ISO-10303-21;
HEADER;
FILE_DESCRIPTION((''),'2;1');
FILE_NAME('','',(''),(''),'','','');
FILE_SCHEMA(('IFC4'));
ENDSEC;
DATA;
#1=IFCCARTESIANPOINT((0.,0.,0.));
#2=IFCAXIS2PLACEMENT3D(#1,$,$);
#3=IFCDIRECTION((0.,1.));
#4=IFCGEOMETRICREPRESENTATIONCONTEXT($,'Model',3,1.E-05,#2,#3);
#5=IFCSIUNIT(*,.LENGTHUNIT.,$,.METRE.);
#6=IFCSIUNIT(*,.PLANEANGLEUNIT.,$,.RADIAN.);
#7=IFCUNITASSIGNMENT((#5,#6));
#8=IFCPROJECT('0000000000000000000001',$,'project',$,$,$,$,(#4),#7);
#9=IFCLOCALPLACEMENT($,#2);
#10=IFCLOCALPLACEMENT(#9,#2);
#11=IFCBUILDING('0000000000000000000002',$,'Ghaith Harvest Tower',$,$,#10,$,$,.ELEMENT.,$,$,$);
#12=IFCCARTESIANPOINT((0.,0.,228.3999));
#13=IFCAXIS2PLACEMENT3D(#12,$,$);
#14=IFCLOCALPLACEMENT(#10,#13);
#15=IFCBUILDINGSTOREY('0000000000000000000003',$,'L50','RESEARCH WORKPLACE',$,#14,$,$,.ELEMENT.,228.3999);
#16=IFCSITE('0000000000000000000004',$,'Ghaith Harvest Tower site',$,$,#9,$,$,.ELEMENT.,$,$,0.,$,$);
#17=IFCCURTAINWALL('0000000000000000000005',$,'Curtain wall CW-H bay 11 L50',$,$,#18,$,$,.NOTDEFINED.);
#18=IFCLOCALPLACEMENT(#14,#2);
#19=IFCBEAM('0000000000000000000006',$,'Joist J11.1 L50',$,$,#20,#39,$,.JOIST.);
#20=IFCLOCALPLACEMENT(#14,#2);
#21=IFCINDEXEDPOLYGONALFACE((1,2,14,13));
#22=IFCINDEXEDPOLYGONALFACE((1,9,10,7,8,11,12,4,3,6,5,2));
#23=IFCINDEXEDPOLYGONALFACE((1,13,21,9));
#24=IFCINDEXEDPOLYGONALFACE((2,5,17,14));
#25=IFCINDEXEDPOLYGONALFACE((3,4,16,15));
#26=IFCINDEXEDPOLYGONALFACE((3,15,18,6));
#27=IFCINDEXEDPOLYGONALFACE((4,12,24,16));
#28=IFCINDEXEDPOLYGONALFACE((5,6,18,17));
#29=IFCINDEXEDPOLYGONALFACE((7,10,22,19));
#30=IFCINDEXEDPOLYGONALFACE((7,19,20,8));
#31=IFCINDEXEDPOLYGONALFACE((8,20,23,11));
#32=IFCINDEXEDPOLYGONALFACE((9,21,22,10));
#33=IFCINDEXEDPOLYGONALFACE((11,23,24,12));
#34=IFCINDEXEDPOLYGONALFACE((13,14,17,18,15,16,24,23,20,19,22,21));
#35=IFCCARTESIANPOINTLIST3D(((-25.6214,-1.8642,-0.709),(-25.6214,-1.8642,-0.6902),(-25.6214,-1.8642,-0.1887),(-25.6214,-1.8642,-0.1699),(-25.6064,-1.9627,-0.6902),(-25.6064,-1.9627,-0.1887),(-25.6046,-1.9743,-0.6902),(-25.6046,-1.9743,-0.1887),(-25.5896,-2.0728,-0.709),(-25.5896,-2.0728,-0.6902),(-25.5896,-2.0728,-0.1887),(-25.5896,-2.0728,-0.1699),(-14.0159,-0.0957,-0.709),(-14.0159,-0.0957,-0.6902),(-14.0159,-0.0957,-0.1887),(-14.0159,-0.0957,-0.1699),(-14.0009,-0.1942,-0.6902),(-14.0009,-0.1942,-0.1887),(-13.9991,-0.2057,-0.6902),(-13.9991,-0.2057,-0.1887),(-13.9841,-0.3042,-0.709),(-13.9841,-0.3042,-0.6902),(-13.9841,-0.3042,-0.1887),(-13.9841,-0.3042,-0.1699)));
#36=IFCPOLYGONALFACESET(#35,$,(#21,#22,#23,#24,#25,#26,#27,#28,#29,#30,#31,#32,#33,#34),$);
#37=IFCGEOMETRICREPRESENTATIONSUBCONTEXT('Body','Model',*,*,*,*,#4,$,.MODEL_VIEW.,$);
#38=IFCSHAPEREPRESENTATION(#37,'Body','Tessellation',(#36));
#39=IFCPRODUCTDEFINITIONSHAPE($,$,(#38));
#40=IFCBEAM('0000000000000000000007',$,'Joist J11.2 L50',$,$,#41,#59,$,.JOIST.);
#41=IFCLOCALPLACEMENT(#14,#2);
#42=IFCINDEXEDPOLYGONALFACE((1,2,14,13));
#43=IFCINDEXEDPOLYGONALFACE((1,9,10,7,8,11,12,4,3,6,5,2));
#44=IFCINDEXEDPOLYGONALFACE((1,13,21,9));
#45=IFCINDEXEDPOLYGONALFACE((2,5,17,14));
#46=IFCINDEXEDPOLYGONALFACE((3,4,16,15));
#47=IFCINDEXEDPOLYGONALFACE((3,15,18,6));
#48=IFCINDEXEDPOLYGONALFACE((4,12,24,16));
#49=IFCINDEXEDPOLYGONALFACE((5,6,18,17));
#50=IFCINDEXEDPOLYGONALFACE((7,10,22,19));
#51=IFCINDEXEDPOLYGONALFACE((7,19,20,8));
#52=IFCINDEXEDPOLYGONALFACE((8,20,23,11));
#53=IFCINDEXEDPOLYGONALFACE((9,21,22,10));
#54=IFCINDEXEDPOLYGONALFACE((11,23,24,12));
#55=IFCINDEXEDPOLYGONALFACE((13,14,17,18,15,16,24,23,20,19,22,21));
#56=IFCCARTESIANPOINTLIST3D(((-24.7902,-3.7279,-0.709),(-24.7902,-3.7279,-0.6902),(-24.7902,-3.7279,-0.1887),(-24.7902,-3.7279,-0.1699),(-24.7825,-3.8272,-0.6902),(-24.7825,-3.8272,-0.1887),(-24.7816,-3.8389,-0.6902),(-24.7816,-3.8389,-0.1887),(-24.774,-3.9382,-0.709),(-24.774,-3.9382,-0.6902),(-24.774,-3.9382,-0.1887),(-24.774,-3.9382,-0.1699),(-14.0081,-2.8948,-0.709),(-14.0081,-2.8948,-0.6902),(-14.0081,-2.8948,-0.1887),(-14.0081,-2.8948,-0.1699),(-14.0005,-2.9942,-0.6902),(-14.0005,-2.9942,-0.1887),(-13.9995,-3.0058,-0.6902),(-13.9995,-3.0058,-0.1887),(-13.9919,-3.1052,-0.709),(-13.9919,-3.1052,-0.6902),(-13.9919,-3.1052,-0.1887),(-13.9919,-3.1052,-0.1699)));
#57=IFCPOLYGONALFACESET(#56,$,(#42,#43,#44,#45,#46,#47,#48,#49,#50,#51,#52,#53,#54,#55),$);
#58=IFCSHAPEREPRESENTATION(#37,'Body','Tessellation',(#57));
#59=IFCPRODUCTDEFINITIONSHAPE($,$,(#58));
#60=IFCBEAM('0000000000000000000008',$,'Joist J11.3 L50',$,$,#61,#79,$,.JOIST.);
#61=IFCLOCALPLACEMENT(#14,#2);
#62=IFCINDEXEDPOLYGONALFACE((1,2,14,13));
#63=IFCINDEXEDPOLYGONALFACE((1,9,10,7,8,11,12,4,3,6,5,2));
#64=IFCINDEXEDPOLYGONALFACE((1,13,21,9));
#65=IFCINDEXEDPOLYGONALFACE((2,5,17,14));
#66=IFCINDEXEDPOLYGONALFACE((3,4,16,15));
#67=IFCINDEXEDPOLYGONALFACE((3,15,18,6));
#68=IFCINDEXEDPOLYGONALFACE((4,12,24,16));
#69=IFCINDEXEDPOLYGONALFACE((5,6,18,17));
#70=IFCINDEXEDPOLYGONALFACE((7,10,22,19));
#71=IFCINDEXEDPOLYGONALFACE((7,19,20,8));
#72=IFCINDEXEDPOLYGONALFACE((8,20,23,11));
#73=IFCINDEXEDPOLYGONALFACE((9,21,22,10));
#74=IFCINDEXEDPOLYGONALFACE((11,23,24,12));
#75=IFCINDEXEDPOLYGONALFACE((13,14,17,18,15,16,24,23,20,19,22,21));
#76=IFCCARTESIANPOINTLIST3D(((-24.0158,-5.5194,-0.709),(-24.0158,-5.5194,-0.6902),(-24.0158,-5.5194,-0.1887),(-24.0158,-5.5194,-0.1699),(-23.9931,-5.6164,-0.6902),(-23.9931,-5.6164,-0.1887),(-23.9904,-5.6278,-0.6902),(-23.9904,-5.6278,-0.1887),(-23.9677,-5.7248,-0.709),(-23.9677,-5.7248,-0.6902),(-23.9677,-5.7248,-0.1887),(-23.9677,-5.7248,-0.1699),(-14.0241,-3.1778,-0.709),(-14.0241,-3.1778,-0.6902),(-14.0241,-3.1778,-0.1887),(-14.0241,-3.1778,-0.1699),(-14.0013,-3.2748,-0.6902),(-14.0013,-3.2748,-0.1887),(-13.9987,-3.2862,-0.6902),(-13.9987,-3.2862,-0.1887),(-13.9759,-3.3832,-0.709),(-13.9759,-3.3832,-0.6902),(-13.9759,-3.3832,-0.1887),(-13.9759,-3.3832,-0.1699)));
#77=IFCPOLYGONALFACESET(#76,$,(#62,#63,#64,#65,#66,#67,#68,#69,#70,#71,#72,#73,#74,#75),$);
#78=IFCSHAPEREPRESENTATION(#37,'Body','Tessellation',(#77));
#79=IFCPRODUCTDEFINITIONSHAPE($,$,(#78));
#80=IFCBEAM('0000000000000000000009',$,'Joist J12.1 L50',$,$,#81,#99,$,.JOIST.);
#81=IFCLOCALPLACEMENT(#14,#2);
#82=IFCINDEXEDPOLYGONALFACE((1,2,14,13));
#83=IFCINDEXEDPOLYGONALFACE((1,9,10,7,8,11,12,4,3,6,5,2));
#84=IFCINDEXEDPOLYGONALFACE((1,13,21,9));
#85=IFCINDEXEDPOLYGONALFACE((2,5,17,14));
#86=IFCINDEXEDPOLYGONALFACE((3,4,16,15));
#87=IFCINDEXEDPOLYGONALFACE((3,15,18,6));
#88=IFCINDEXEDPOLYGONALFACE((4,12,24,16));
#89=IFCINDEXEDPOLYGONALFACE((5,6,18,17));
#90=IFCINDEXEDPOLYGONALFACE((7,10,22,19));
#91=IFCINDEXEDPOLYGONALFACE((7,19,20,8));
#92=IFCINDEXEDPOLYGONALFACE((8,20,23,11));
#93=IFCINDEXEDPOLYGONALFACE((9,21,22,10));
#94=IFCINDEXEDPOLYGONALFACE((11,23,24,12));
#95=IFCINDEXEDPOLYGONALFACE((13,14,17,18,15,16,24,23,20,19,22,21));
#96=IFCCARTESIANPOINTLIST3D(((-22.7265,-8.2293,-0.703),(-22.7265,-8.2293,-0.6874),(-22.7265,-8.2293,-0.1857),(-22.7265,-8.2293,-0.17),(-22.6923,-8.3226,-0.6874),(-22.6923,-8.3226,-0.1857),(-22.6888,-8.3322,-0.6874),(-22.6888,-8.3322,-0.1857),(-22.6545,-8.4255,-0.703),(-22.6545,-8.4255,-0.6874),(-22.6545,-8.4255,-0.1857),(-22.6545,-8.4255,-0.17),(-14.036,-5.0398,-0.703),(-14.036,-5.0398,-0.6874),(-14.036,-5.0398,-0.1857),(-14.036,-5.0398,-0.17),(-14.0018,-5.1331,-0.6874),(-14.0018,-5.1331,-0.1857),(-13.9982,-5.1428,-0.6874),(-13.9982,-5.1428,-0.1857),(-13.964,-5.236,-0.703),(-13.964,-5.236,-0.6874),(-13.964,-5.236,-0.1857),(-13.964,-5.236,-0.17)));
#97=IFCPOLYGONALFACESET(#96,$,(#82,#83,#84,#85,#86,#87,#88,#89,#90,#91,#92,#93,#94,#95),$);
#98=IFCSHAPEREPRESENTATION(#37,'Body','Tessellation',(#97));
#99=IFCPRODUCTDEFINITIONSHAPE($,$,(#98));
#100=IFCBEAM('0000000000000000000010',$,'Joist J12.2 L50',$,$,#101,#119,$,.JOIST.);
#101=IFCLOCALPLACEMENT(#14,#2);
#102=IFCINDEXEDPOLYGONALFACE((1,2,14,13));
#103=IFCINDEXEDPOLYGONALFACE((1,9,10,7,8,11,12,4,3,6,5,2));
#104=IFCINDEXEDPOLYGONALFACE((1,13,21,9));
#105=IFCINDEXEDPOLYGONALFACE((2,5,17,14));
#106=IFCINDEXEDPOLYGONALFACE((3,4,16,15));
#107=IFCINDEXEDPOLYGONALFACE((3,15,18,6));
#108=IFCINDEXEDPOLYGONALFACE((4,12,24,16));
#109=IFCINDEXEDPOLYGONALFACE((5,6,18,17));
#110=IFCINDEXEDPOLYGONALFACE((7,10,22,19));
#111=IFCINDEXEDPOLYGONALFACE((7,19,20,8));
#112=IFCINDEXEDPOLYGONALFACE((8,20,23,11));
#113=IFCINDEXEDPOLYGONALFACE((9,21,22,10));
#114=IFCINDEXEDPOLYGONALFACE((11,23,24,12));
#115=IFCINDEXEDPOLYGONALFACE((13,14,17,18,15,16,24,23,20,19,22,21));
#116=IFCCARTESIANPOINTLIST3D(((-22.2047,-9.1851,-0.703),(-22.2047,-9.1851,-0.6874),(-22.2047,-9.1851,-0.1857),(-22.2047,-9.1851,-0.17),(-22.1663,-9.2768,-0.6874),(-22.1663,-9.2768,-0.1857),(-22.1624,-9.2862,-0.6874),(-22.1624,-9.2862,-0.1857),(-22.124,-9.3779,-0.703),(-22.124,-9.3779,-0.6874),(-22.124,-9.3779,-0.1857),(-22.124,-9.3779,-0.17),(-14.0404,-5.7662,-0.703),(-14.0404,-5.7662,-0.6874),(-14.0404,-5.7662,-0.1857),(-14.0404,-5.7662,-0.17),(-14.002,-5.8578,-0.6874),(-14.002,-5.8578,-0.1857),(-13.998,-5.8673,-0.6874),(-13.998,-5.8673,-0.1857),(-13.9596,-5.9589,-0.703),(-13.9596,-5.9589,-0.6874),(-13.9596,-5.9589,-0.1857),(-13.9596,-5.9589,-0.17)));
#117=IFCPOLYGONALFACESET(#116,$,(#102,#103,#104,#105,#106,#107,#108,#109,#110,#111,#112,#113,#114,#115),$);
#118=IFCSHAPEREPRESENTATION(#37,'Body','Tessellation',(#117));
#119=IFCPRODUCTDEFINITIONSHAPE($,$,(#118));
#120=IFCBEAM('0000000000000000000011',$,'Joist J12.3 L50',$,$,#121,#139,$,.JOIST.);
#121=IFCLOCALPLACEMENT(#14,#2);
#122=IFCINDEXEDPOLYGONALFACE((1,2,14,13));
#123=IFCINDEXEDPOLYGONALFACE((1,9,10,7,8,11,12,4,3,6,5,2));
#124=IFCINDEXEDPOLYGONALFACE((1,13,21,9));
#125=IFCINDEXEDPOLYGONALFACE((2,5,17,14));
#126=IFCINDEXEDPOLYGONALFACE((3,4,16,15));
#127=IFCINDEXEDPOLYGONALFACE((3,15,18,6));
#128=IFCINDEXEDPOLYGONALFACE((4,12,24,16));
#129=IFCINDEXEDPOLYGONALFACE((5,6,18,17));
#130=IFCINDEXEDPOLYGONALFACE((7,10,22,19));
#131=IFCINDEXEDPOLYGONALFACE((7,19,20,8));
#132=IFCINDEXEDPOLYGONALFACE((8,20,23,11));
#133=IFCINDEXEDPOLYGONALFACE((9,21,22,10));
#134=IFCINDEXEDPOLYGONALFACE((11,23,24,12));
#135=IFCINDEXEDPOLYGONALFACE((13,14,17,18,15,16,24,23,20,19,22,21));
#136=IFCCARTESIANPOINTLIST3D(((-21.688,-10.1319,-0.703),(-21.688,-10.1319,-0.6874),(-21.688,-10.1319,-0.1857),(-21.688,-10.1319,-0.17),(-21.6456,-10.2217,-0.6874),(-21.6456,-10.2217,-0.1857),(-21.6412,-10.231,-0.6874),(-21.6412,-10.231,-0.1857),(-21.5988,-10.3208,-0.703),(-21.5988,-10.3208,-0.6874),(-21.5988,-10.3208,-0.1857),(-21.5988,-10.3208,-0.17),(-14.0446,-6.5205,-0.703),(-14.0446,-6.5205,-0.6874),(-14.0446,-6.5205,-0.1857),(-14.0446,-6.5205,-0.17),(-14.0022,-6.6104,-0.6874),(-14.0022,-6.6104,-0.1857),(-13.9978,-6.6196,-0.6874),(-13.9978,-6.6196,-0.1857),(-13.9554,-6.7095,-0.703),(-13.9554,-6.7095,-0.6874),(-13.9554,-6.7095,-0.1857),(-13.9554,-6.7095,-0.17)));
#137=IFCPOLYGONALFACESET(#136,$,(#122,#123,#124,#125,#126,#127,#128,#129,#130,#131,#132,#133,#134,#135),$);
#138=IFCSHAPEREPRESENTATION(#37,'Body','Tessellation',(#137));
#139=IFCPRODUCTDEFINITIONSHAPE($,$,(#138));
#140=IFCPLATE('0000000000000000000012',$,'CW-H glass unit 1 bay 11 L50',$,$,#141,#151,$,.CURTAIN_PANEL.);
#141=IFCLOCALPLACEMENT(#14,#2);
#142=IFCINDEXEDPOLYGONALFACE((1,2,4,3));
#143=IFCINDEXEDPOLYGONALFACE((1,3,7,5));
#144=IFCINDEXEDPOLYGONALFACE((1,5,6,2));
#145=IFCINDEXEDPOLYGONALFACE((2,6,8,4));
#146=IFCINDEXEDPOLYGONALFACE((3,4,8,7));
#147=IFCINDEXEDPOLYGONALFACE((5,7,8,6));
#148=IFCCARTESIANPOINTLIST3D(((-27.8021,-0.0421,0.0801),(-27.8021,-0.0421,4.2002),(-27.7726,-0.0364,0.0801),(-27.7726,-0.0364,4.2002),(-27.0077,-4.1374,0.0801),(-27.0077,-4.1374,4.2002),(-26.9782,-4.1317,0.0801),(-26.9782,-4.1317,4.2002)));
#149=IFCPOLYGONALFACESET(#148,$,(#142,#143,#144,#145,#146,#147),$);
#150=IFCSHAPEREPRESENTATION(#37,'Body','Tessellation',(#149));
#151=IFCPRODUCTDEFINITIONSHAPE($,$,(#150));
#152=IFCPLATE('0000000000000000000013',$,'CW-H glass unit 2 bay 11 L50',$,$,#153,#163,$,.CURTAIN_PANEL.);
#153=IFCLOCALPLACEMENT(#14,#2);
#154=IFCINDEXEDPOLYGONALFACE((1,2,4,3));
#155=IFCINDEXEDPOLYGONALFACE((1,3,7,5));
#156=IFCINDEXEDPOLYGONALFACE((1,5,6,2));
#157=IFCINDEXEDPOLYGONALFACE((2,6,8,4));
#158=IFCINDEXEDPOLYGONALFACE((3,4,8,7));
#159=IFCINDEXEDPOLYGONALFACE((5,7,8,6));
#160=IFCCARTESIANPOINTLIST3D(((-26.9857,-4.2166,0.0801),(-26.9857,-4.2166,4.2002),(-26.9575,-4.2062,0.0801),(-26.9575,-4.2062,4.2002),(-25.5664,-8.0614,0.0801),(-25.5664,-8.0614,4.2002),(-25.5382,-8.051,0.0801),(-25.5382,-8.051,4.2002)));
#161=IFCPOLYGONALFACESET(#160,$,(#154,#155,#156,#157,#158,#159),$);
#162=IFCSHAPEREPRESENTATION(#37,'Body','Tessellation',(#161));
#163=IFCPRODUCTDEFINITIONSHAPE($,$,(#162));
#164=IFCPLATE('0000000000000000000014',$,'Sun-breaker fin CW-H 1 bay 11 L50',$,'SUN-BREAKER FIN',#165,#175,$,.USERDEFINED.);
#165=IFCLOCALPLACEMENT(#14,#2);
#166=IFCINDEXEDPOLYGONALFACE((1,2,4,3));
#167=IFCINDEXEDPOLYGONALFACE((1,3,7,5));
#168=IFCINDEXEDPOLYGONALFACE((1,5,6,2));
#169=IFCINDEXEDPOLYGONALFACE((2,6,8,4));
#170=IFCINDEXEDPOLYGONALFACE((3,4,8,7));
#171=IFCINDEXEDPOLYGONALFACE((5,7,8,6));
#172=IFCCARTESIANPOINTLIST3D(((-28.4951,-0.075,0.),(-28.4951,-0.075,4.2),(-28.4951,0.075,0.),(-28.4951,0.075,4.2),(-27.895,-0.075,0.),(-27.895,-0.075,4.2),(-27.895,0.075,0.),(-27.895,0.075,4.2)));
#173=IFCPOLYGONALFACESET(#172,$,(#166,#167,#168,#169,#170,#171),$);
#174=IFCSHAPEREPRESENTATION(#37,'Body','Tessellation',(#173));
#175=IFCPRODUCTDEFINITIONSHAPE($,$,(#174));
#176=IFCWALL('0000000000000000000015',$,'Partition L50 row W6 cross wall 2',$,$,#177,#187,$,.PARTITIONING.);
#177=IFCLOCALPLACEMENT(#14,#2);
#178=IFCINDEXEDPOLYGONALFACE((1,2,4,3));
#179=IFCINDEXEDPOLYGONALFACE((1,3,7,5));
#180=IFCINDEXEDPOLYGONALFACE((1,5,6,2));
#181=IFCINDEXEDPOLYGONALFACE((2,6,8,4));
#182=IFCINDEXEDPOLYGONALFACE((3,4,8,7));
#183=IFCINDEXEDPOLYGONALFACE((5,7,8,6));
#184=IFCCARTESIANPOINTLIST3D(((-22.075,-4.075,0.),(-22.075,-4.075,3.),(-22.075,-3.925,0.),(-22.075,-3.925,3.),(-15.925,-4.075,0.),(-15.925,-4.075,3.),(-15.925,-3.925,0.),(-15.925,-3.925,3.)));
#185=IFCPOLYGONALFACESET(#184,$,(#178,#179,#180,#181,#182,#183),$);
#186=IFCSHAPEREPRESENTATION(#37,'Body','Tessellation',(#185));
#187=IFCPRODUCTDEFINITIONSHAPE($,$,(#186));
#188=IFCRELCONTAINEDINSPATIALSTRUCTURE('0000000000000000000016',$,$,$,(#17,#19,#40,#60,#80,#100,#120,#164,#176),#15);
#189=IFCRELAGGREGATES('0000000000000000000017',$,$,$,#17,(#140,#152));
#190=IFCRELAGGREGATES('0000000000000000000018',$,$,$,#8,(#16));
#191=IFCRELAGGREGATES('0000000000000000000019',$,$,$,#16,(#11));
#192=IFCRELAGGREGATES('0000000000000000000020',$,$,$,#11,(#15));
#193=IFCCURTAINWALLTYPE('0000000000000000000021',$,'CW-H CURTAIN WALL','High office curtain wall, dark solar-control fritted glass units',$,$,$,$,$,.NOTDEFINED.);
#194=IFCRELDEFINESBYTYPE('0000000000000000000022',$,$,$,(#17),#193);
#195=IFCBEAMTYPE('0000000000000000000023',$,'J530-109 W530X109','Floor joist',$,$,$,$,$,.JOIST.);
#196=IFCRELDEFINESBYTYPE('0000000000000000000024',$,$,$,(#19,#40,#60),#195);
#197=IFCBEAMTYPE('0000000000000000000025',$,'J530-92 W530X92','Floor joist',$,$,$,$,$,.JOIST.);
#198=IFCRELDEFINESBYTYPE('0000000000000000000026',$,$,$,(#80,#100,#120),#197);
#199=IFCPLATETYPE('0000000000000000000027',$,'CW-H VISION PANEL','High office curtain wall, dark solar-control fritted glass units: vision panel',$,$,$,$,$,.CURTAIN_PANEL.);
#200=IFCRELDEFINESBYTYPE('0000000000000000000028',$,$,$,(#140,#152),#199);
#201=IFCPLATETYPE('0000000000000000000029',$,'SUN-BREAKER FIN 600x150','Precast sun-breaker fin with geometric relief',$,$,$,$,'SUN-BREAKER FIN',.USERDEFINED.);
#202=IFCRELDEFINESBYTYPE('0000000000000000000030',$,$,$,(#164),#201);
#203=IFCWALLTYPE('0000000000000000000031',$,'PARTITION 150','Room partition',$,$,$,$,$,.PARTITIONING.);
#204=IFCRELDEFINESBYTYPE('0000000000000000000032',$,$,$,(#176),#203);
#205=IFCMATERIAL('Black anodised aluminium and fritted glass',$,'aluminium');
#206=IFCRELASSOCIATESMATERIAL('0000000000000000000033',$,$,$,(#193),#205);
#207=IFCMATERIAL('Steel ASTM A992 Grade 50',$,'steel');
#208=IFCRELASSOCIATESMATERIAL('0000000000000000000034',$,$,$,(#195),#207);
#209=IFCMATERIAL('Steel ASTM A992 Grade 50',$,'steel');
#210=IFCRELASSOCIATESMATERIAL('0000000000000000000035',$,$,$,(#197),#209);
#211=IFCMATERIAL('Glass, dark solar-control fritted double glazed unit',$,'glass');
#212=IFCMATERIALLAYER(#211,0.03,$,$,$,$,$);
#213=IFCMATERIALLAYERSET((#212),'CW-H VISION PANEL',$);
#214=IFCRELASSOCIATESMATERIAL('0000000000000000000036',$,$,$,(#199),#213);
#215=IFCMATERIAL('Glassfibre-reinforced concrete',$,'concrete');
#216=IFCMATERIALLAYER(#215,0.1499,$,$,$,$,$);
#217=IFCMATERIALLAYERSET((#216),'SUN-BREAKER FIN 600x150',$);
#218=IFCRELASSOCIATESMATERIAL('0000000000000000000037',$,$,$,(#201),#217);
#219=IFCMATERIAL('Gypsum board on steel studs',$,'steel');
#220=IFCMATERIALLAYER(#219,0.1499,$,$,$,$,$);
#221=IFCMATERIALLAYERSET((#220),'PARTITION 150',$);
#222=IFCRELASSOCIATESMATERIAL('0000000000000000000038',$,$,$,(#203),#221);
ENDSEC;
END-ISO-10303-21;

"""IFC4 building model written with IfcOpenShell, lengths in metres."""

from ifc_helpers import new_model, si_unit, direction, frame, frame_2d, origin, origin_2d, place, context, subcontext, project, spatial, rectangle, i_section, extrude, material, layer, layer_set, material_profile, profile_set, type_object, element, aggregate, save


model = new_model("IFC4")

# Units and contexts
model_context = context("Model", 3, precision=1e-05, world=origin(), true_north=direction((0.0, 1.0)))
body_context = subcontext(model_context, "Body", "Model", "MODEL_VIEW")
ifc_project = project(units=[si_unit("LENGTHUNIT", "METRE"), si_unit("PLANEANGLEUNIT", "RADIAN")], contexts=[model_context])

# Site, building, storey
site_placement = place(None, origin())
site = spatial("IfcSite", under=ifc_project, at=site_placement, Name="Ghaith Harvest Tower site", CompositionType="ELEMENT", RefElevation=0.0)
building_placement = place(site_placement, origin())
building = spatial("IfcBuilding", under=site, at=building_placement, Name="Ghaith Harvest Tower", CompositionType="ELEMENT")
storey_placement = place(building_placement, frame((0.0, 0.0, 228.3999)))
storey = spatial("IfcBuildingStorey", under=building, at=storey_placement, Name="L50", Description="RESEARCH WORKPLACE", CompositionType="ELEMENT", Elevation=228.3999)

# Curtain wall
ifc_material_1 = material(Name="Black anodised aluminium and fritted glass", Category="aluminium")
curtain_wall_type = type_object("IfcCurtainWallType", Name="CW-H CURTAIN WALL", Description="High office curtain wall, dark solar-control fritted glass units", PredefinedType="NOTDEFINED", material=ifc_material_1)
curtain_wall_placement = place(storey_placement, origin())
curtain_wall = element("IfcCurtainWall", 1, at=curtain_wall_placement, inside=storey, type_object=curtain_wall_type, Name="Curtain wall CW-H bay 11 L50", PredefinedType="NOTDEFINED")

# Beams
ifc_material_2 = material(Name="Steel ASTM A992 Grade 50", Category="steel")
ifc_material_profile_1 = material_profile(ifc_material_2, i_section(OverallWidth=0.2109, OverallDepth=0.5391, WebThickness=0.0117, FlangeThickness=0.0188, at=origin_2d()), Name="W530X109")
ifc_profile_set_1 = profile_set([ifc_material_profile_1], Name="Steel ASTM A992 Grade 50")
beam_type_1 = type_object("IfcBeamType", Name="J530-109 W530X109", Description="Floor joist", PredefinedType="JOIST", material=ifc_profile_set_1)
beam_1_placement = place(storey_placement, frame((-14.0, -0.2, -0.4395), z_axis=(-0.988587, -0.150651, 0.0), x_axis=(0.150651, -0.988587, 0.0)))
element("IfcBeam", 2, at=beam_1_placement, inside=storey, type_object=beam_type_1, Name="Joist J11.1 L50", PredefinedType="JOIST", context=body_context, shape_type="SweptSolid", body=[
    extrude(i_section(OverallWidth=0.2109, OverallDepth=0.5391, WebThickness=0.0117, FlangeThickness=0.0188, at=origin_2d()), origin(), (0.0, 0.0, 1.0), 11.7395),
])
beam_2_placement = place(storey_placement, frame((-14.0, -3.0, -0.4395), z_axis=(-0.997029, -0.07703, 0.0), x_axis=(0.07703, -0.997029, 0.0)))
element("IfcBeam", 3, at=beam_2_placement, inside=storey, type_object=beam_type_1, Name="Joist J11.2 L50", PredefinedType="JOIST", context=body_context, shape_type="SweptSolid", body=[
    extrude(i_section(OverallWidth=0.2109, OverallDepth=0.5391, WebThickness=0.0117, FlangeThickness=0.0188, at=origin_2d()), origin(), (0.0, 0.0, 1.0), 10.8142),
])
beam_3_placement = place(storey_placement, frame((-14.0, -3.2805, -0.4395), z_axis=(-0.973622, -0.228168, 0.0), x_axis=(0.228168, -0.973622, 0.0)))
element("IfcBeam", 4, at=beam_3_placement, inside=storey, type_object=beam_type_1, Name="Joist J11.3 L50", PredefinedType="JOIST", context=body_context, shape_type="SweptSolid", body=[
    extrude(i_section(OverallWidth=0.2109, OverallDepth=0.5391, WebThickness=0.0117, FlangeThickness=0.0188, at=origin_2d()), origin(), (0.0, 0.0, 1.0), 10.2625),
])
ifc_material_3 = material(Name="Steel ASTM A992 Grade 50", Category="steel")
ifc_material_profile_2 = material_profile(ifc_material_3, i_section(OverallWidth=0.209, OverallDepth=0.533, WebThickness=0.0103, FlangeThickness=0.0156, at=origin_2d()), Name="W530X92")
ifc_profile_set_2 = profile_set([ifc_material_profile_2], Name="Steel ASTM A992 Grade 50")
beam_type_2 = type_object("IfcBeamType", Name="J530-92 W530X92", Description="Floor joist", PredefinedType="JOIST", material=ifc_profile_set_2)
beam_4_placement = place(storey_placement, frame((-14.0, -5.1379, -0.4365), z_axis=(-0.938773, -0.344537, 0.0), x_axis=(0.344537, -0.938773, 0.0)))
element("IfcBeam", 5, at=beam_4_placement, inside=storey, type_object=beam_type_2, Name="Joist J12.1 L50", PredefinedType="JOIST", context=body_context, shape_type="SweptSolid", body=[
    extrude(i_section(OverallWidth=0.209, OverallDepth=0.533, WebThickness=0.0103, FlangeThickness=0.0156, at=origin_2d()), origin(), (0.0, 0.0, 1.0), 9.2573),
])
beam_5_placement = place(storey_placement, frame((-14.0, -5.8625, -0.4365), z_axis=(-0.922388, -0.386266, 0.0), x_axis=(0.386266, -0.922388, 0.0)))
element("IfcBeam", 6, at=beam_5_placement, inside=storey, type_object=beam_type_2, Name="Joist J12.2 L50", PredefinedType="JOIST", context=body_context, shape_type="SweptSolid", body=[
    extrude(i_section(OverallWidth=0.209, OverallDepth=0.533, WebThickness=0.0103, FlangeThickness=0.0156, at=origin_2d()), origin(), (0.0, 0.0, 1.0), 8.8513),
])
beam_6_placement = place(storey_placement, frame((-14.0, -6.615, -0.4365), z_axis=(-0.904158, -0.427198, 0.0), x_axis=(0.427198, -0.904158, 0.0)))
element("IfcBeam", 7, at=beam_6_placement, inside=storey, type_object=beam_type_2, Name="Joist J12.3 L50", PredefinedType="JOIST", context=body_context, shape_type="SweptSolid", body=[
    extrude(i_section(OverallWidth=0.209, OverallDepth=0.533, WebThickness=0.0103, FlangeThickness=0.0156, at=origin_2d()), origin(), (0.0, 0.0, 1.0), 8.4536),
])

# Plates
ifc_material_4 = material(Name="Glass, dark solar-control fritted double glazed unit", Category="glass")
ifc_layer_1 = layer(ifc_material_4, 0.03)
ifc_layer_set_1 = layer_set([ifc_layer_1], Name="CW-H VISION PANEL")
plate_type_1 = type_object("IfcPlateType", Name="CW-H VISION PANEL", Description="High office curtain wall, dark solar-control fritted glass units: vision panel", PredefinedType="CURTAIN_PANEL", material=ifc_layer_set_1)
plate_1_placement = place(storey_placement, frame((-27.3901, -2.0869, 0.0801), z_axis=(0.0, 0.0, 1.0), x_axis=(0.190427, -0.981701, 0.0)))
plate_1 = element("IfcPlate", 8, at=plate_1_placement, type_object=plate_type_1, Name="CW-H glass unit 1 bay 11 L50", PredefinedType="CURTAIN_PANEL", context=body_context, shape_type="SweptSolid", body=[
    extrude(rectangle(XDim=4.1716, YDim=0.03, at=origin_2d()), origin(), (0.0, 0.0, 1.0), 4.1201),
])
plate_2_placement = place(storey_placement, frame((-26.262, -6.1338, 0.0801), z_axis=(0.0, 0.0, 1.0), x_axis=(0.346303, -0.938123, 0.0)))
plate_2 = element("IfcPlate", 9, at=plate_2_placement, type_object=plate_type_1, Name="CW-H glass unit 2 bay 11 L50", PredefinedType="CURTAIN_PANEL", context=body_context, shape_type="SweptSolid", body=[
    extrude(rectangle(XDim=4.0984, YDim=0.03, at=origin_2d()), origin(), (0.0, 0.0, 1.0), 4.1201),
])
aggregate(curtain_wall, [plate_1, plate_2])
ifc_material_5 = material(Name="Glassfibre-reinforced concrete", Category="concrete")
ifc_layer_2 = layer(ifc_material_5, 0.1499)
ifc_layer_set_2 = layer_set([ifc_layer_2], Name="SUN-BREAKER FIN 600x150")
plate_type_2 = type_object("IfcPlateType", Name="SUN-BREAKER FIN 600x150", Description="Precast sun-breaker fin with geometric relief", ElementType="SUN-BREAKER FIN", PredefinedType="USERDEFINED", material=ifc_layer_set_2)
plate_3_placement = place(storey_placement, frame((-28.1951, 0.0, 0.0), z_axis=(0.0, 0.0, 1.0), x_axis=(-1.0, 0.0, 0.0)))
element("IfcPlate", 10, at=plate_3_placement, inside=storey, type_object=plate_type_2, Name="Sun-breaker fin CW-H 1 bay 11 L50", ObjectType="SUN-BREAKER FIN", PredefinedType="USERDEFINED", context=body_context, shape_type="SweptSolid", body=[
    extrude(rectangle(XDim=0.6001, YDim=0.1499, at=origin_2d()), origin(), (0.0, 0.0, 1.0), 4.2),
])

# Wall
ifc_material_6 = material(Name="Gypsum board on steel studs", Category="steel")
ifc_layer_3 = layer(ifc_material_6, 0.1499)
ifc_layer_set_3 = layer_set([ifc_layer_3], Name="PARTITION 150")
wall_type = type_object("IfcWallType", Name="PARTITION 150", Description="Room partition", PredefinedType="PARTITIONING", material=ifc_layer_set_3)
for number, where, z_axis, x_axis, name in (
    (11, (-15.925, -4.0, 0.0), (0.0, 0.0, 1.0), (-1.0, 0.0, 0.0), "Partition L50 row W6 cross wall 2"),
):
    element("IfcWall", number, at=place(storey_placement, frame(where, z_axis=z_axis, x_axis=x_axis)), inside=storey, type_object=wall_type, Name=name, PredefinedType="PARTITIONING", context=body_context, shape_type="SweptSolid", body=[
        extrude(rectangle(XDim=6.1499, YDim=0.1499, at=frame_2d((3.075, 0.0))), origin(), (0.0, 0.0, 1.0), 3.0),
    ])

save(model, "model.ifc")
